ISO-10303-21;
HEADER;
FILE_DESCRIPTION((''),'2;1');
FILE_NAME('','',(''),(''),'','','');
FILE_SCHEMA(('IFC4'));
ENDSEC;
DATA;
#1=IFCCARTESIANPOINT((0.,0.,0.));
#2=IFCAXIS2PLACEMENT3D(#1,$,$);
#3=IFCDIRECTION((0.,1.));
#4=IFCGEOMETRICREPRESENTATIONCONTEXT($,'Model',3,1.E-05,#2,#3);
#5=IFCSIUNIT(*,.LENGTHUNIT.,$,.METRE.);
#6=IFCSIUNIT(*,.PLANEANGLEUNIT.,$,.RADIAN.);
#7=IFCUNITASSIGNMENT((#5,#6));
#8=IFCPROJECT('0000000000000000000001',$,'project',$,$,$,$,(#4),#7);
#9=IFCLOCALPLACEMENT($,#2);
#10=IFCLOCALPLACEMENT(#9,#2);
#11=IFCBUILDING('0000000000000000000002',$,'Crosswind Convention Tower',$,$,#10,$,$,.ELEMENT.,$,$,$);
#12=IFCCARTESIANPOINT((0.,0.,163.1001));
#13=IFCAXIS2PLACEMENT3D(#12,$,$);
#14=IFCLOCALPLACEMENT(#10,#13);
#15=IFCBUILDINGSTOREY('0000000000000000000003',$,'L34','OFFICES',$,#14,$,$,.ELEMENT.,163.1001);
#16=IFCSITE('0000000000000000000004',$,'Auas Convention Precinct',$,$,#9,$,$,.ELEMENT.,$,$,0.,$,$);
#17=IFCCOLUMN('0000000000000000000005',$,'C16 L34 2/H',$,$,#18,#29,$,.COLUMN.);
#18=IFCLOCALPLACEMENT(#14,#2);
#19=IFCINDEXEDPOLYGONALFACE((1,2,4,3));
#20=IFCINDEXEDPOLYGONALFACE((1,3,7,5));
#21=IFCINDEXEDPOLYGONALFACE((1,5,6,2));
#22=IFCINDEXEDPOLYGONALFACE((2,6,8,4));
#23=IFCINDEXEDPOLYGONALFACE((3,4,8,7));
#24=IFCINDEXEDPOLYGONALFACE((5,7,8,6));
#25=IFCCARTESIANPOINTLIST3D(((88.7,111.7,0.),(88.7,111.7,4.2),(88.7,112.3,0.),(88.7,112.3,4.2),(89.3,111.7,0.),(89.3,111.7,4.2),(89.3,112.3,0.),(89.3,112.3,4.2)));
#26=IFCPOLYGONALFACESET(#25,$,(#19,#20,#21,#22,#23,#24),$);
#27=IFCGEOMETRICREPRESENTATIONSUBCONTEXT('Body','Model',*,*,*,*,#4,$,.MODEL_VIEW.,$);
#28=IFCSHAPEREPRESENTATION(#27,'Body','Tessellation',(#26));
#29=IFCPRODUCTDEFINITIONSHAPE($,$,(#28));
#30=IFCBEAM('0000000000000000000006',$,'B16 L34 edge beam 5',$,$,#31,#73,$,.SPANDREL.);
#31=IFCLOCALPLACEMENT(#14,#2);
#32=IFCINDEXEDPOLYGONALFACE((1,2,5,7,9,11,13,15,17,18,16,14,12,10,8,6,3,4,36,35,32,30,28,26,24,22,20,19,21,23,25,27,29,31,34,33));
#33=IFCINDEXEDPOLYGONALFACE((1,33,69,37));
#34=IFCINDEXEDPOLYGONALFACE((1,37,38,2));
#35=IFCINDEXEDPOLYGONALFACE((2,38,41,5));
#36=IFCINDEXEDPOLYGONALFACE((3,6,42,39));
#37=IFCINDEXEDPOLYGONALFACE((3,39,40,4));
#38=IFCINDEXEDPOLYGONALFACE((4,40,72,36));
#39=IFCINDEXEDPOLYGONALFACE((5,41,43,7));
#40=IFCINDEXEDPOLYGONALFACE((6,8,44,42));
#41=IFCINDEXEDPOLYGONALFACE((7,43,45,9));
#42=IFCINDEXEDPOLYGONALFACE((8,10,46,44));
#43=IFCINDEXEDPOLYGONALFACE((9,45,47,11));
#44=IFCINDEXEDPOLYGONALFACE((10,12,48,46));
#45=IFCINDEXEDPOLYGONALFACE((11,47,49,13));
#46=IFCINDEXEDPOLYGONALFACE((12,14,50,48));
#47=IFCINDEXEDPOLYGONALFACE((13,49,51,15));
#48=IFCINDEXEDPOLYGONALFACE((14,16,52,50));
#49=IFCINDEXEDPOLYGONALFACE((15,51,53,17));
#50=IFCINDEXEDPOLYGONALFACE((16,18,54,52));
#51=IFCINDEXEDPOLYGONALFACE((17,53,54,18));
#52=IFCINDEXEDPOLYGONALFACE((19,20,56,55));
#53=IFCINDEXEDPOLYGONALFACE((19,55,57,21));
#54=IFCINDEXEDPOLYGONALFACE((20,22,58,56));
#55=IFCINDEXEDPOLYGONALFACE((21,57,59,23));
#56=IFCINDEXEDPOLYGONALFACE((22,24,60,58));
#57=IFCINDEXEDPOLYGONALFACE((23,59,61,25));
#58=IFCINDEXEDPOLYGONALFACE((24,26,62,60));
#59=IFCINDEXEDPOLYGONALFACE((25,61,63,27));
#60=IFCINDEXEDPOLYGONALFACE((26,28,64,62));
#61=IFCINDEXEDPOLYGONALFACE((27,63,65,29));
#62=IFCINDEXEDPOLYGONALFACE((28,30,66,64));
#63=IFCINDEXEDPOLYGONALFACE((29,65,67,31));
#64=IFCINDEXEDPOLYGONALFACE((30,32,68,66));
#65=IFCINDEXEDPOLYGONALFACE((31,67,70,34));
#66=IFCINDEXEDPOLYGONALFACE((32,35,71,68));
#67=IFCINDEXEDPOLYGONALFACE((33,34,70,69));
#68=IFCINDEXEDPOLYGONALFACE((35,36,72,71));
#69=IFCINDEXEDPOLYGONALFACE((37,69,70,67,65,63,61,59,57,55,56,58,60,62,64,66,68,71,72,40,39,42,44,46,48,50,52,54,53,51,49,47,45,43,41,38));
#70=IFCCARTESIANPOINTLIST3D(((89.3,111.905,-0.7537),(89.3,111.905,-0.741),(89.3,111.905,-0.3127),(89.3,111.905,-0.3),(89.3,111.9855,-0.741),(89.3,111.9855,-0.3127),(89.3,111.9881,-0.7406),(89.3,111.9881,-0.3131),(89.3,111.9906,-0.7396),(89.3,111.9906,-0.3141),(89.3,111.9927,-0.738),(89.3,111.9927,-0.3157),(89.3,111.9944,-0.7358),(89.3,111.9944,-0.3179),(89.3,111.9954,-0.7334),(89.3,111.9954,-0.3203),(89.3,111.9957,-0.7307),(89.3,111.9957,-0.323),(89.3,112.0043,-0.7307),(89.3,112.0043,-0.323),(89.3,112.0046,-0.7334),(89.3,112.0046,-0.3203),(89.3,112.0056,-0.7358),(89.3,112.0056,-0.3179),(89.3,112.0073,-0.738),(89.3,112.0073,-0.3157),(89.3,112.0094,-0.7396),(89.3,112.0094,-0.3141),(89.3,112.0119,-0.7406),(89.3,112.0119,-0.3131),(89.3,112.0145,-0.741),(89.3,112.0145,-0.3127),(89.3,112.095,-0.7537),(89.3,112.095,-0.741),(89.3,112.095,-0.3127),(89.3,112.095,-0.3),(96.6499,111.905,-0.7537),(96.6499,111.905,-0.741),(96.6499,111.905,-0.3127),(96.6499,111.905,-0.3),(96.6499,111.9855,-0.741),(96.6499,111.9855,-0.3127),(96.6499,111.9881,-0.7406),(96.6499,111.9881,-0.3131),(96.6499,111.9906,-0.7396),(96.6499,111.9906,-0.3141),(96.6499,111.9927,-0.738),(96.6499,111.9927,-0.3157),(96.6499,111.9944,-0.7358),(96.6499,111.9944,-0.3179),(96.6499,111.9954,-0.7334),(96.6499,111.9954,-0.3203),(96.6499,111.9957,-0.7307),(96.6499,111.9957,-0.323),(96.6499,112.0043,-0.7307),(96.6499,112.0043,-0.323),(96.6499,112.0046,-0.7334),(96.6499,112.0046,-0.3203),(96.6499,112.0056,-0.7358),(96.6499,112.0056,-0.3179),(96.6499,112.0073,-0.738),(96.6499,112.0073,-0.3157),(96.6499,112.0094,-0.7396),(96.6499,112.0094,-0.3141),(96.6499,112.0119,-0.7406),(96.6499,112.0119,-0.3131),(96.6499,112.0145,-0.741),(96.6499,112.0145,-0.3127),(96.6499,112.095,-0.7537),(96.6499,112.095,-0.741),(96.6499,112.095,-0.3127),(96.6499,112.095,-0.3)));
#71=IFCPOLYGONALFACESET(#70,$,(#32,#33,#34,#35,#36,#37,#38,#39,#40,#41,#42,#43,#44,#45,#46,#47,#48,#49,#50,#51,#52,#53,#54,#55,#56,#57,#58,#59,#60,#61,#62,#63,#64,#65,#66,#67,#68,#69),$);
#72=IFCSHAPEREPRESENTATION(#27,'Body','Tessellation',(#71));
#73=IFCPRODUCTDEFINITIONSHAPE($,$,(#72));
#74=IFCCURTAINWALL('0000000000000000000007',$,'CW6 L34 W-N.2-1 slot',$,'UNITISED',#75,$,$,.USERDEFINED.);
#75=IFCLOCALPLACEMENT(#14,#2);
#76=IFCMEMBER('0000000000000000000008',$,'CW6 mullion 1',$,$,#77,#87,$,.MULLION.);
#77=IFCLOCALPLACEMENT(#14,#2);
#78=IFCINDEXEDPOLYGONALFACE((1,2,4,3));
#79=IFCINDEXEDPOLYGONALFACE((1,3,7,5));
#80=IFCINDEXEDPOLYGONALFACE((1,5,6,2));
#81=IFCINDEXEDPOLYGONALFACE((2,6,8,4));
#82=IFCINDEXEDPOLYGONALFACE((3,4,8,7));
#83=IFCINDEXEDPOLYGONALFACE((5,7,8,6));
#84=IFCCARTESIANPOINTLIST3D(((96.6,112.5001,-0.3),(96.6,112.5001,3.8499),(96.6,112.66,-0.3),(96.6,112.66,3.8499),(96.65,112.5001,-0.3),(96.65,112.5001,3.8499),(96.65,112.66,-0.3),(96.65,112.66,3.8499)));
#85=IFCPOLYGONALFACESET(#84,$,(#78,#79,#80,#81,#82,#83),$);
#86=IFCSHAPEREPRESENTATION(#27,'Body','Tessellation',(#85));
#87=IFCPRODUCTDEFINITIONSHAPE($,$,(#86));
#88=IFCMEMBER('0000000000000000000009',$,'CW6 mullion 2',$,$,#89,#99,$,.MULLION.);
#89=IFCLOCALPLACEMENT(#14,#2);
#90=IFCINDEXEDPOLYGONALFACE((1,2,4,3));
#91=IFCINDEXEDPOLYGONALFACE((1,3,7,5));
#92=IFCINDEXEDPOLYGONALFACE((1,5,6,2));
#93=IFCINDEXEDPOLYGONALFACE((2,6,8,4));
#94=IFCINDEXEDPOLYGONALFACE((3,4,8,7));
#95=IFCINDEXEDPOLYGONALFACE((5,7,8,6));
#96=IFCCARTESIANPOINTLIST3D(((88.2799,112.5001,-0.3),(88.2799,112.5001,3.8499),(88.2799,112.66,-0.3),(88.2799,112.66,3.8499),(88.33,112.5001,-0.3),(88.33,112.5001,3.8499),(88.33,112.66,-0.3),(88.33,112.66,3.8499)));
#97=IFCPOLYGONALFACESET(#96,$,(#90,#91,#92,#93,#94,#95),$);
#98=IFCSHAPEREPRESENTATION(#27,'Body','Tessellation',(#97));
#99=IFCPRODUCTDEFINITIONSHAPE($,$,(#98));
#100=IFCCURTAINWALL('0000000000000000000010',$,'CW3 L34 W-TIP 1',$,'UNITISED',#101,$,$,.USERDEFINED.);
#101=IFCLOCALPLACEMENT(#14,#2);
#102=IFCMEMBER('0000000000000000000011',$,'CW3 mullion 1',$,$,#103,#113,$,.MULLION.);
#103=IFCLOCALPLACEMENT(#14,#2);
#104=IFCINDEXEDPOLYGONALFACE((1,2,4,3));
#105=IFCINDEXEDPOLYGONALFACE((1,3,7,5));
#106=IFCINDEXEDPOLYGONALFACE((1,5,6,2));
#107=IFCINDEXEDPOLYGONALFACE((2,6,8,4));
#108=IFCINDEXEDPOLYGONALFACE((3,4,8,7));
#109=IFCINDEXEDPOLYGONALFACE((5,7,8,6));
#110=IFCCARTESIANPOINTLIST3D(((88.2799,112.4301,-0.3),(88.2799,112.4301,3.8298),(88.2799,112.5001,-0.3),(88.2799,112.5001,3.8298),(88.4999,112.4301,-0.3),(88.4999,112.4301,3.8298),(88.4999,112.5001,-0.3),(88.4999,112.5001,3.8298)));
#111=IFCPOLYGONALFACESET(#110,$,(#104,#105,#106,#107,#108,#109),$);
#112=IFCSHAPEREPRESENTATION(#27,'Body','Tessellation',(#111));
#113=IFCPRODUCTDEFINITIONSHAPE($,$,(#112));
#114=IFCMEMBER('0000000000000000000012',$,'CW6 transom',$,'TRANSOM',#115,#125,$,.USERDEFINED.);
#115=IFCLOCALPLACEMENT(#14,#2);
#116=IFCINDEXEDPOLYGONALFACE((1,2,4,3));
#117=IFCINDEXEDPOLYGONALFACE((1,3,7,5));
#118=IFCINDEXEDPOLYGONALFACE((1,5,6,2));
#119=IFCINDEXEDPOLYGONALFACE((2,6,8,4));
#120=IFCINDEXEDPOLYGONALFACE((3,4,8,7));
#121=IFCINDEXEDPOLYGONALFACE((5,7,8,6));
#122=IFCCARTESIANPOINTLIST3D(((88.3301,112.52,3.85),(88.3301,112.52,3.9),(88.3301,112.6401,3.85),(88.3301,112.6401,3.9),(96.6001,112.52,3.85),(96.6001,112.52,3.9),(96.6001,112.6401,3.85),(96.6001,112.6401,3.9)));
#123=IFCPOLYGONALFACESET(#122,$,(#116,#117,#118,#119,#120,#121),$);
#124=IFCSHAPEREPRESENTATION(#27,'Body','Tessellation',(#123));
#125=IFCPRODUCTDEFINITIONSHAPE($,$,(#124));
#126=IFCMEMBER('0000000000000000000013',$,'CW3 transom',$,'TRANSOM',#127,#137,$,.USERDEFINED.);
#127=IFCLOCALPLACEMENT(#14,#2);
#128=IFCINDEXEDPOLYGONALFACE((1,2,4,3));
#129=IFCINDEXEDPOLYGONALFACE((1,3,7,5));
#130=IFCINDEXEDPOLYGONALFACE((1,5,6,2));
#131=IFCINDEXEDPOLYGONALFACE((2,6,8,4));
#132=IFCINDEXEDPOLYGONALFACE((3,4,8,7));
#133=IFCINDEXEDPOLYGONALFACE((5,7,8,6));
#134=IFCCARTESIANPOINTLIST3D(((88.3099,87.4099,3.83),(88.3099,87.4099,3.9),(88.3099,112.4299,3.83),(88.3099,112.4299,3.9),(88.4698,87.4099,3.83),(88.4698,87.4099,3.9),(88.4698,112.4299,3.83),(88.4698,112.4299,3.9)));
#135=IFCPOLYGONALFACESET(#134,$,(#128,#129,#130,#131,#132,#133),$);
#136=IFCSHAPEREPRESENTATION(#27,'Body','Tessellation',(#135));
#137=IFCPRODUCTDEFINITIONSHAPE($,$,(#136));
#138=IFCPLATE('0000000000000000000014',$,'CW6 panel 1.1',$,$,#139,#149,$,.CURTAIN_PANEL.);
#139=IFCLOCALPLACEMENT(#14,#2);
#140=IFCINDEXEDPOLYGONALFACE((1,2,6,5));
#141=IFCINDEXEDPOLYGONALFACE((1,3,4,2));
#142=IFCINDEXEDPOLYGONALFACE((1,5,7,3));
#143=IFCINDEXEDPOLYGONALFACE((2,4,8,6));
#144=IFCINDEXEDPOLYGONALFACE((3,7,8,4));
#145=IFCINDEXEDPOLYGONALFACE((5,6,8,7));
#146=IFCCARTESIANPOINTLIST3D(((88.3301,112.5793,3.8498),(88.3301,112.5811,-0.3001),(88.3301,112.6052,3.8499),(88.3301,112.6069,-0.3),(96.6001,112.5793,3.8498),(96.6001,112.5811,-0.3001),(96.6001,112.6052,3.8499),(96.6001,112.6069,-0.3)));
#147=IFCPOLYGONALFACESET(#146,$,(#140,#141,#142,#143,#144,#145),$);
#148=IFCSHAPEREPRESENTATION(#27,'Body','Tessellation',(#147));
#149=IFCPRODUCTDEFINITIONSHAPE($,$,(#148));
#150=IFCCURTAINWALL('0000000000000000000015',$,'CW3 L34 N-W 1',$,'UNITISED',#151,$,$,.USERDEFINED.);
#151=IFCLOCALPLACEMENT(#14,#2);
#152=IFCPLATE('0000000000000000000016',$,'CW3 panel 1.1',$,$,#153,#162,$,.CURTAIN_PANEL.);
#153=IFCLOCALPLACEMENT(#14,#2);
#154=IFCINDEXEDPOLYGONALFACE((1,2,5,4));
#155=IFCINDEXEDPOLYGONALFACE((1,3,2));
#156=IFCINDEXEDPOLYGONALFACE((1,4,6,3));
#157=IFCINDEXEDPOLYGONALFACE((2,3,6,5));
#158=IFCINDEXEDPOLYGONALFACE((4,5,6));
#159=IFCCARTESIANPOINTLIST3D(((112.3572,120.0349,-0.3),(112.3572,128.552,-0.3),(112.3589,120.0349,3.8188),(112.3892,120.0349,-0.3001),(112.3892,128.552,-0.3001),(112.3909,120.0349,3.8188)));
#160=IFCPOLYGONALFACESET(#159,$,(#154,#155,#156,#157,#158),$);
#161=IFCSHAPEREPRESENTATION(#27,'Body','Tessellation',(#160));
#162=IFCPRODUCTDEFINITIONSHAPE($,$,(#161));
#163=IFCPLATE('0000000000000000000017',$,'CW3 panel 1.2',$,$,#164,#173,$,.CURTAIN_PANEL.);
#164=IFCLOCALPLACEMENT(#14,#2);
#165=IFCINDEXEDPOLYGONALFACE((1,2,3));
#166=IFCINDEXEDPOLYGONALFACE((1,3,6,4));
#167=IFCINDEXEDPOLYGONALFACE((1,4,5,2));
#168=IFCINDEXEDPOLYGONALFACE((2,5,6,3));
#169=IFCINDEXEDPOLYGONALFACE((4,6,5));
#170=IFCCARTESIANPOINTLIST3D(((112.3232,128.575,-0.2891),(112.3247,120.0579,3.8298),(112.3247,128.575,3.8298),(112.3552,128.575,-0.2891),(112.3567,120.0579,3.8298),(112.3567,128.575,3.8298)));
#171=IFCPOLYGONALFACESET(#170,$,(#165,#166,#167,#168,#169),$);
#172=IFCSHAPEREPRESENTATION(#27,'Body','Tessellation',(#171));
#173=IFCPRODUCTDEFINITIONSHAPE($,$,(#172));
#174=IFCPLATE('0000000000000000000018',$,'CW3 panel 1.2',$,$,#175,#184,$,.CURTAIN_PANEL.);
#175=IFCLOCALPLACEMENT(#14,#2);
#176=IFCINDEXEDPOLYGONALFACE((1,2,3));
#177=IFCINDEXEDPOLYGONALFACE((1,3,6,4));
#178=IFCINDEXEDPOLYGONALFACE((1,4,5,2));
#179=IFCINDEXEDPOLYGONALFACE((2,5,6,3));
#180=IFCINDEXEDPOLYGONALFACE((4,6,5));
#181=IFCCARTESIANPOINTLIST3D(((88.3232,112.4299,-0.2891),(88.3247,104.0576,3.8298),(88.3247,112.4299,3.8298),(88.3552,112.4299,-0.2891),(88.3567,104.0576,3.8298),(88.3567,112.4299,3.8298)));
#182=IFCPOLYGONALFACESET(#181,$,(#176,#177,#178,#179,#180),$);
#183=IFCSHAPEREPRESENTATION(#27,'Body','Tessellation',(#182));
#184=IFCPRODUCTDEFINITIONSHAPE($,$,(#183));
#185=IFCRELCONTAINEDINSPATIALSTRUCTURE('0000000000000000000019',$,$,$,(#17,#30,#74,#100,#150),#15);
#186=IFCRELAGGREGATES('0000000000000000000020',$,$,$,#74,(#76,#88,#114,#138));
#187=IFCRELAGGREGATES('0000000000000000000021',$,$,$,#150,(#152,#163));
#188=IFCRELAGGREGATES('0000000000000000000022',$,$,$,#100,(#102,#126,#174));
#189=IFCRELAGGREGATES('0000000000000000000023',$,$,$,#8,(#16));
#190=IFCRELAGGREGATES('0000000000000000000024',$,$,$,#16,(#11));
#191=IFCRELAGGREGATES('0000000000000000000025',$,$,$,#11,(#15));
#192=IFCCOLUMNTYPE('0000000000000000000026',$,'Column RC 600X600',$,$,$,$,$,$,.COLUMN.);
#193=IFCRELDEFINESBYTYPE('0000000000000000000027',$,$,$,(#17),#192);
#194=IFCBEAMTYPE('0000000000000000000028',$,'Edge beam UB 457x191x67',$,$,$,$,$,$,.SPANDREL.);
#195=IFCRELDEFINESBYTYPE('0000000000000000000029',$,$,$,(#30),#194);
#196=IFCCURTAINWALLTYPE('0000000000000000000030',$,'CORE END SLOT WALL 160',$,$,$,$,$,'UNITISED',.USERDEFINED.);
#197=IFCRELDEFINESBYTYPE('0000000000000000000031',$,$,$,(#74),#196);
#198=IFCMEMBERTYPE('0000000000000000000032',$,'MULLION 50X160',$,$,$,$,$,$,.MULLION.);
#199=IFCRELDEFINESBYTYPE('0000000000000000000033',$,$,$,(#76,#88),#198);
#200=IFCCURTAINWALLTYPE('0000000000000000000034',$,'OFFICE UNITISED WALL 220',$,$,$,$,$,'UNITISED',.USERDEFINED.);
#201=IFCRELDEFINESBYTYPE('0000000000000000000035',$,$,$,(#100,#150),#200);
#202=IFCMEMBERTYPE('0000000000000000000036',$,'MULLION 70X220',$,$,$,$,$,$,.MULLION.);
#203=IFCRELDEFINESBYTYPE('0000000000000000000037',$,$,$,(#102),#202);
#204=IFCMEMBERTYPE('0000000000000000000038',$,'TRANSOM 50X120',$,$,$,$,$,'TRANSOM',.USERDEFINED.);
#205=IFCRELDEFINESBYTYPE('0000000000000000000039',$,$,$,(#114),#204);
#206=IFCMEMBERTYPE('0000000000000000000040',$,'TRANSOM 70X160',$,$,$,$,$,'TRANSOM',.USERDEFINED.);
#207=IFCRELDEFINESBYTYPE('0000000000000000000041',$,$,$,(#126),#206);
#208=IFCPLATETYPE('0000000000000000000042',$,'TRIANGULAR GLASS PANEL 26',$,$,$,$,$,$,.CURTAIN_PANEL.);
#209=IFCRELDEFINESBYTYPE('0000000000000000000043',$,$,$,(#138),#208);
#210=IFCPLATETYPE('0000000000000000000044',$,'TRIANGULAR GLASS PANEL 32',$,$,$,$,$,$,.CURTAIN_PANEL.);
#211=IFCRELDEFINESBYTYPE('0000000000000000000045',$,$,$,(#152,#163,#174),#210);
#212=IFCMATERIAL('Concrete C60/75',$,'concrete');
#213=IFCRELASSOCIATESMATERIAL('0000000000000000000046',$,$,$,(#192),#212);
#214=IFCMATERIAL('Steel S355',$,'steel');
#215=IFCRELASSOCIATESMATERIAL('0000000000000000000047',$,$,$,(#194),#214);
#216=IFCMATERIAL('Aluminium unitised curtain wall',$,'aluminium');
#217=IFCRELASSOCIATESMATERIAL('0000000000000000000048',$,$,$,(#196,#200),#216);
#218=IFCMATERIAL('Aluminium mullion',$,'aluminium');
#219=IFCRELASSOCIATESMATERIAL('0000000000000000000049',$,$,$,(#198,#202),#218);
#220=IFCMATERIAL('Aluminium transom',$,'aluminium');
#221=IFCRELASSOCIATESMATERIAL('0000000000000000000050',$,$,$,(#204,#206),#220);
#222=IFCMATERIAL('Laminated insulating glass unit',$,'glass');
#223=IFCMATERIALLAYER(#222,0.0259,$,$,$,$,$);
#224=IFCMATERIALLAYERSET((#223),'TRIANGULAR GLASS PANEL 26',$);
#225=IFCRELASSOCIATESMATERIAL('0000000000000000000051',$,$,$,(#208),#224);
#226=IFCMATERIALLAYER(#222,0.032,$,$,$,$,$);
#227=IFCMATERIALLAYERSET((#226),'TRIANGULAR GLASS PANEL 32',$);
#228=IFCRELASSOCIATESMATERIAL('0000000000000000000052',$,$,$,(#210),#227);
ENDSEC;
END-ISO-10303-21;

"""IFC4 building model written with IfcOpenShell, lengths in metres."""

from ifc_helpers import new_model, si_unit, direction, frame, origin, origin_2d, place, context, subcontext, project, spatial, polyline, rectangle, i_section, outline, extrude, material, layer, layer_set, material_profile, profile_set, type_object, element, aggregate, save


model = new_model("IFC4")

# Units and contexts
model_context = context("Model", 3, precision=1e-05, world=origin(), true_north=direction((0.0, 1.0)))
body_context = subcontext(model_context, "Body", "Model", "MODEL_VIEW")
ifc_project = project(units=[si_unit("LENGTHUNIT", "METRE"), si_unit("PLANEANGLEUNIT", "RADIAN")], contexts=[model_context])

# Site, building, storey
site_placement = place(None, origin())
site = spatial("IfcSite", under=ifc_project, at=site_placement, Name="Auas Convention Precinct", CompositionType="ELEMENT", RefElevation=0.0)
building_placement = place(site_placement, origin())
building = spatial("IfcBuilding", under=site, at=building_placement, Name="Crosswind Convention Tower", CompositionType="ELEMENT")
storey_placement = place(building_placement, frame((0.0, 0.0, 163.1001)))
storey = spatial("IfcBuildingStorey", under=building, at=storey_placement, Name="L34", Description="OFFICES", CompositionType="ELEMENT", Elevation=163.1001)

# Column
ifc_material_1 = material(Name="Concrete C60/75", Category="concrete")
ifc_material_profile_1 = material_profile(ifc_material_1, rectangle(XDim=0.6001, YDim=0.6001, at=origin_2d()), Name="RC 600X600")
ifc_profile_set_1 = profile_set([ifc_material_profile_1], Name="Concrete C60/75")
column_type = type_object("IfcColumnType", Name="Column RC 600X600", PredefinedType="COLUMN", material=ifc_profile_set_1)
column_placement = place(storey_placement, frame((89.0, 112.0, 0.0), z_axis=(0.0, 0.0, 1.0), x_axis=(1.0, 0.0, 0.0)))
element("IfcColumn", 1, at=column_placement, inside=storey, type_object=column_type, Name="C16 L34 2/H", PredefinedType="COLUMN", context=body_context, shape_type="SweptSolid", body=[
    extrude(rectangle(XDim=0.6001, YDim=0.6001, at=origin_2d()), origin(), (0.0, 0.0, 1.0), 4.2),
])

# Beam
ifc_material_2 = material(Name="Steel S355", Category="steel")
ifc_material_profile_2 = material_profile(ifc_material_2, i_section(OverallWidth=0.1899, OverallDepth=0.4536, WebThickness=0.0085, FlangeThickness=0.0127, FilletRadius=0.0103, at=origin_2d()), Name="UB 457x191x67")
ifc_profile_set_2 = profile_set([ifc_material_profile_2], Name="Steel S355")
beam_type = type_object("IfcBeamType", Name="Edge beam UB 457x191x67", PredefinedType="SPANDREL", material=ifc_profile_set_2)
beam_placement = place(storey_placement, frame((89.3, 112.0, -0.5269), z_axis=(1.0, 0.0, 0.0), x_axis=(0.0, 1.0, 0.0)))
element("IfcBeam", 2, at=beam_placement, inside=storey, type_object=beam_type, Name="B16 L34 edge beam 5", PredefinedType="SPANDREL", context=body_context, shape_type="SweptSolid", body=[
    extrude(i_section(OverallWidth=0.1899, OverallDepth=0.4536, WebThickness=0.0085, FlangeThickness=0.0127, FilletRadius=0.0103, at=origin_2d()), origin(), (0.0, 0.0, 1.0), 7.3499),
])

# Curtain wall, members
ifc_material_3 = material(Name="Aluminium unitised curtain wall", Category="aluminium")
curtain_wall_type_1 = type_object("IfcCurtainWallType", Name="CORE END SLOT WALL 160", ElementType="UNITISED", PredefinedType="USERDEFINED", material=ifc_material_3)
curtain_wall_1_placement = place(storey_placement, origin())
curtain_wall_1 = element("IfcCurtainWall", 3, at=curtain_wall_1_placement, inside=storey, type_object=curtain_wall_type_1, Name="CW6 L34 W-N.2-1 slot", ObjectType="UNITISED", PredefinedType="USERDEFINED")
ifc_material_4 = material(Name="Aluminium mullion", Category="aluminium")
ifc_material_profile_3 = material_profile(ifc_material_4, rectangle(XDim=0.1599, YDim=0.05, at=origin_2d()), Name="AL 160X50")
ifc_profile_set_3 = profile_set([ifc_material_profile_3], Name="Aluminium mullion")
member_type_1 = type_object("IfcMemberType", Name="MULLION 50X160", PredefinedType="MULLION", material=ifc_profile_set_3)
member_1_placement = place(storey_placement, frame((96.625, 112.5801, -0.3), z_axis=(0.0, 0.0, 1.0), x_axis=(0.0, 1.0, 0.0)))
member_1 = element("IfcMember", 4, at=member_1_placement, type_object=member_type_1, Name="CW6 mullion 1", PredefinedType="MULLION", context=body_context, shape_type="SweptSolid", body=[
    extrude(rectangle(XDim=0.1599, YDim=0.05, at=origin_2d()), origin(), (0.0, 0.0, 1.0), 4.1499),
])
member_2_placement = place(storey_placement, frame((88.3049, 112.5801, -0.3), z_axis=(0.0, 0.0, 1.0), x_axis=(0.0, 1.0, 0.0)))
member_2 = element("IfcMember", 5, at=member_2_placement, type_object=member_type_1, Name="CW6 mullion 2", PredefinedType="MULLION", context=body_context, shape_type="SweptSolid", body=[
    extrude(rectangle(XDim=0.1599, YDim=0.05, at=origin_2d()), origin(), (0.0, 0.0, 1.0), 4.1499),
])

# Curtain wall, member
curtain_wall_type_2 = type_object("IfcCurtainWallType", Name="OFFICE UNITISED WALL 220", ElementType="UNITISED", PredefinedType="USERDEFINED", material=ifc_material_3)
curtain_wall_2_placement = place(storey_placement, origin())
curtain_wall_2 = element("IfcCurtainWall", 6, at=curtain_wall_2_placement, inside=storey, type_object=curtain_wall_type_2, Name="CW3 L34 W-TIP 1", ObjectType="UNITISED", PredefinedType="USERDEFINED")
ifc_material_profile_4 = material_profile(ifc_material_4, rectangle(XDim=0.22, YDim=0.0701, at=origin_2d()), Name="AL 220X70")
ifc_profile_set_4 = profile_set([ifc_material_profile_4], Name="Aluminium mullion")
member_type_2 = type_object("IfcMemberType", Name="MULLION 70X220", PredefinedType="MULLION", material=ifc_profile_set_4)
member_3_placement = place(storey_placement, frame((88.3899, 112.4651, -0.3), z_axis=(0.0, 0.0, 1.0), x_axis=(-1.0, 0.0, 0.0)))
member_3 = element("IfcMember", 7, at=member_3_placement, type_object=member_type_2, Name="CW3 mullion 1", PredefinedType="MULLION", context=body_context, shape_type="SweptSolid", body=[
    extrude(rectangle(XDim=0.22, YDim=0.0701, at=origin_2d()), origin(), (0.0, 0.0, 1.0), 4.1299),
])

# Members
ifc_material_5 = material(Name="Aluminium transom", Category="aluminium")
ifc_material_profile_5 = material_profile(ifc_material_5, rectangle(XDim=0.1201, YDim=0.05, at=origin_2d()), Name="AL 120X50")
ifc_profile_set_5 = profile_set([ifc_material_profile_5], Name="Aluminium transom")
member_type_3 = type_object("IfcMemberType", Name="TRANSOM 50X120", ElementType="TRANSOM", PredefinedType="USERDEFINED", material=ifc_profile_set_5)
member_4_placement = place(storey_placement, frame((96.6001, 112.5801, 3.875), z_axis=(-1.0, 0.0, 0.0), x_axis=(0.0, -1.0, 0.0)))
member_4 = element("IfcMember", 8, at=member_4_placement, type_object=member_type_3, Name="CW6 transom", ObjectType="TRANSOM", PredefinedType="USERDEFINED", context=body_context, shape_type="SweptSolid", body=[
    extrude(rectangle(XDim=0.1201, YDim=0.05, at=origin_2d()), origin(), (0.0, 0.0, 1.0), 8.27),
])
ifc_material_profile_6 = material_profile(ifc_material_5, rectangle(XDim=0.1599, YDim=0.0701, at=origin_2d()), Name="AL 160X70")
ifc_profile_set_6 = profile_set([ifc_material_profile_6], Name="Aluminium transom")
member_type_4 = type_object("IfcMemberType", Name="TRANSOM 70X160", ElementType="TRANSOM", PredefinedType="USERDEFINED", material=ifc_profile_set_6)
member_5_placement = place(storey_placement, frame((88.3899, 112.4299, 3.865), z_axis=(0.0, -1.0, 0.0), x_axis=(1.0, 0.0, 0.0)))
member_5 = element("IfcMember", 9, at=member_5_placement, type_object=member_type_4, Name="CW3 transom", ObjectType="TRANSOM", PredefinedType="USERDEFINED", context=body_context, shape_type="SweptSolid", body=[
    extrude(rectangle(XDim=0.1599, YDim=0.0701, at=origin_2d()), origin(), (0.0, 0.0, 1.0), 25.02),
])

# Plate
ifc_material_6 = material(Name="Laminated insulating glass unit", Category="glass")
ifc_layer_1 = layer(ifc_material_6, 0.0259)
ifc_layer_set_1 = layer_set([ifc_layer_1], Name="TRIANGULAR GLASS PANEL 26")
plate_type_1 = type_object("IfcPlateType", Name="TRIANGULAR GLASS PANEL 26", PredefinedType="CURTAIN_PANEL", material=ifc_layer_set_1)
plate_1_placement = place(storey_placement, frame((96.6001, 112.6069, -0.3), z_axis=(0.0, 1.0, 0.000412), x_axis=(-1.0, 0.0, 0.0)))
plate_1 = element("IfcPlate", 10, at=plate_1_placement, type_object=plate_type_1, Name="CW6 panel 1.1", PredefinedType="CURTAIN_PANEL", context=body_context, shape_type="SweptSolid", body=[
    extrude(outline(polyline([(0.0, 0.0), (8.27, 0.0), (8.27, 4.1499), (0.0, 4.1499), (0.0, 0.0)])), origin(), (0.0, 0.0, -1.0), 0.0259),
])
aggregate(curtain_wall_1, [member_1, member_2, member_4, plate_1])

# Curtain wall, plates
curtain_wall_3_placement = place(storey_placement, origin())
curtain_wall_3 = element("IfcCurtainWall", 11, at=curtain_wall_3_placement, inside=storey, type_object=curtain_wall_type_2, Name="CW3 L34 N-W 1", ObjectType="UNITISED", PredefinedType="USERDEFINED")
ifc_layer_2 = layer(ifc_material_6, 0.032)
ifc_layer_set_2 = layer_set([ifc_layer_2], Name="TRIANGULAR GLASS PANEL 32")
plate_type_2 = type_object("IfcPlateType", Name="TRIANGULAR GLASS PANEL 32", PredefinedType="CURTAIN_PANEL", material=ifc_layer_set_2)
plate_2_placement = place(storey_placement, frame((112.3572, 120.0349, -0.3), z_axis=(-1.0, 0.0, 0.000415), x_axis=(0.000415, 0.0, 1.0)))
plate_2 = element("IfcPlate", 12, at=plate_2_placement, type_object=plate_type_2, Name="CW3 panel 1.1", PredefinedType="CURTAIN_PANEL", context=body_context, shape_type="SweptSolid", body=[
    extrude(outline(polyline([(0.0, 0.0), (4.1189, 0.0), (0.0, 8.5171), (0.0, 0.0)])), origin(), (0.0, 0.0, -1.0), 0.032),
])
plate_3_placement = place(storey_placement, frame((112.3247, 128.575, 3.8298), z_axis=(-1.0, 0.0, 0.000356), x_axis=(-0.000356, 0.0, -1.0)))
plate_3 = element("IfcPlate", 13, at=plate_3_placement, type_object=plate_type_2, Name="CW3 panel 1.2", PredefinedType="CURTAIN_PANEL", context=body_context, shape_type="SweptSolid", body=[
    extrude(outline(polyline([(0.0, 0.0), (4.1189, 0.0), (0.0, 8.5171), (0.0, 0.0)])), origin(), (0.0, 0.0, -1.0), 0.032),
])

# Plate
plate_4_placement = place(storey_placement, frame((88.3247, 112.4299, 3.8298), z_axis=(-1.0, 0.0, 0.000356), x_axis=(-0.000356, 0.0, -1.0)))
plate_4 = element("IfcPlate", 14, at=plate_4_placement, type_object=plate_type_2, Name="CW3 panel 1.2", PredefinedType="CURTAIN_PANEL", context=body_context, shape_type="SweptSolid", body=[
    extrude(outline(polyline([(0.0, 0.0), (4.1189, 0.0), (0.0, 8.3723), (0.0, 0.0)])), origin(), (0.0, 0.0, -1.0), 0.032),
])

aggregate(curtain_wall_3, [plate_2, plate_3])
aggregate(curtain_wall_2, [member_3, member_5, plate_4])

save(model, "model.ifc")
